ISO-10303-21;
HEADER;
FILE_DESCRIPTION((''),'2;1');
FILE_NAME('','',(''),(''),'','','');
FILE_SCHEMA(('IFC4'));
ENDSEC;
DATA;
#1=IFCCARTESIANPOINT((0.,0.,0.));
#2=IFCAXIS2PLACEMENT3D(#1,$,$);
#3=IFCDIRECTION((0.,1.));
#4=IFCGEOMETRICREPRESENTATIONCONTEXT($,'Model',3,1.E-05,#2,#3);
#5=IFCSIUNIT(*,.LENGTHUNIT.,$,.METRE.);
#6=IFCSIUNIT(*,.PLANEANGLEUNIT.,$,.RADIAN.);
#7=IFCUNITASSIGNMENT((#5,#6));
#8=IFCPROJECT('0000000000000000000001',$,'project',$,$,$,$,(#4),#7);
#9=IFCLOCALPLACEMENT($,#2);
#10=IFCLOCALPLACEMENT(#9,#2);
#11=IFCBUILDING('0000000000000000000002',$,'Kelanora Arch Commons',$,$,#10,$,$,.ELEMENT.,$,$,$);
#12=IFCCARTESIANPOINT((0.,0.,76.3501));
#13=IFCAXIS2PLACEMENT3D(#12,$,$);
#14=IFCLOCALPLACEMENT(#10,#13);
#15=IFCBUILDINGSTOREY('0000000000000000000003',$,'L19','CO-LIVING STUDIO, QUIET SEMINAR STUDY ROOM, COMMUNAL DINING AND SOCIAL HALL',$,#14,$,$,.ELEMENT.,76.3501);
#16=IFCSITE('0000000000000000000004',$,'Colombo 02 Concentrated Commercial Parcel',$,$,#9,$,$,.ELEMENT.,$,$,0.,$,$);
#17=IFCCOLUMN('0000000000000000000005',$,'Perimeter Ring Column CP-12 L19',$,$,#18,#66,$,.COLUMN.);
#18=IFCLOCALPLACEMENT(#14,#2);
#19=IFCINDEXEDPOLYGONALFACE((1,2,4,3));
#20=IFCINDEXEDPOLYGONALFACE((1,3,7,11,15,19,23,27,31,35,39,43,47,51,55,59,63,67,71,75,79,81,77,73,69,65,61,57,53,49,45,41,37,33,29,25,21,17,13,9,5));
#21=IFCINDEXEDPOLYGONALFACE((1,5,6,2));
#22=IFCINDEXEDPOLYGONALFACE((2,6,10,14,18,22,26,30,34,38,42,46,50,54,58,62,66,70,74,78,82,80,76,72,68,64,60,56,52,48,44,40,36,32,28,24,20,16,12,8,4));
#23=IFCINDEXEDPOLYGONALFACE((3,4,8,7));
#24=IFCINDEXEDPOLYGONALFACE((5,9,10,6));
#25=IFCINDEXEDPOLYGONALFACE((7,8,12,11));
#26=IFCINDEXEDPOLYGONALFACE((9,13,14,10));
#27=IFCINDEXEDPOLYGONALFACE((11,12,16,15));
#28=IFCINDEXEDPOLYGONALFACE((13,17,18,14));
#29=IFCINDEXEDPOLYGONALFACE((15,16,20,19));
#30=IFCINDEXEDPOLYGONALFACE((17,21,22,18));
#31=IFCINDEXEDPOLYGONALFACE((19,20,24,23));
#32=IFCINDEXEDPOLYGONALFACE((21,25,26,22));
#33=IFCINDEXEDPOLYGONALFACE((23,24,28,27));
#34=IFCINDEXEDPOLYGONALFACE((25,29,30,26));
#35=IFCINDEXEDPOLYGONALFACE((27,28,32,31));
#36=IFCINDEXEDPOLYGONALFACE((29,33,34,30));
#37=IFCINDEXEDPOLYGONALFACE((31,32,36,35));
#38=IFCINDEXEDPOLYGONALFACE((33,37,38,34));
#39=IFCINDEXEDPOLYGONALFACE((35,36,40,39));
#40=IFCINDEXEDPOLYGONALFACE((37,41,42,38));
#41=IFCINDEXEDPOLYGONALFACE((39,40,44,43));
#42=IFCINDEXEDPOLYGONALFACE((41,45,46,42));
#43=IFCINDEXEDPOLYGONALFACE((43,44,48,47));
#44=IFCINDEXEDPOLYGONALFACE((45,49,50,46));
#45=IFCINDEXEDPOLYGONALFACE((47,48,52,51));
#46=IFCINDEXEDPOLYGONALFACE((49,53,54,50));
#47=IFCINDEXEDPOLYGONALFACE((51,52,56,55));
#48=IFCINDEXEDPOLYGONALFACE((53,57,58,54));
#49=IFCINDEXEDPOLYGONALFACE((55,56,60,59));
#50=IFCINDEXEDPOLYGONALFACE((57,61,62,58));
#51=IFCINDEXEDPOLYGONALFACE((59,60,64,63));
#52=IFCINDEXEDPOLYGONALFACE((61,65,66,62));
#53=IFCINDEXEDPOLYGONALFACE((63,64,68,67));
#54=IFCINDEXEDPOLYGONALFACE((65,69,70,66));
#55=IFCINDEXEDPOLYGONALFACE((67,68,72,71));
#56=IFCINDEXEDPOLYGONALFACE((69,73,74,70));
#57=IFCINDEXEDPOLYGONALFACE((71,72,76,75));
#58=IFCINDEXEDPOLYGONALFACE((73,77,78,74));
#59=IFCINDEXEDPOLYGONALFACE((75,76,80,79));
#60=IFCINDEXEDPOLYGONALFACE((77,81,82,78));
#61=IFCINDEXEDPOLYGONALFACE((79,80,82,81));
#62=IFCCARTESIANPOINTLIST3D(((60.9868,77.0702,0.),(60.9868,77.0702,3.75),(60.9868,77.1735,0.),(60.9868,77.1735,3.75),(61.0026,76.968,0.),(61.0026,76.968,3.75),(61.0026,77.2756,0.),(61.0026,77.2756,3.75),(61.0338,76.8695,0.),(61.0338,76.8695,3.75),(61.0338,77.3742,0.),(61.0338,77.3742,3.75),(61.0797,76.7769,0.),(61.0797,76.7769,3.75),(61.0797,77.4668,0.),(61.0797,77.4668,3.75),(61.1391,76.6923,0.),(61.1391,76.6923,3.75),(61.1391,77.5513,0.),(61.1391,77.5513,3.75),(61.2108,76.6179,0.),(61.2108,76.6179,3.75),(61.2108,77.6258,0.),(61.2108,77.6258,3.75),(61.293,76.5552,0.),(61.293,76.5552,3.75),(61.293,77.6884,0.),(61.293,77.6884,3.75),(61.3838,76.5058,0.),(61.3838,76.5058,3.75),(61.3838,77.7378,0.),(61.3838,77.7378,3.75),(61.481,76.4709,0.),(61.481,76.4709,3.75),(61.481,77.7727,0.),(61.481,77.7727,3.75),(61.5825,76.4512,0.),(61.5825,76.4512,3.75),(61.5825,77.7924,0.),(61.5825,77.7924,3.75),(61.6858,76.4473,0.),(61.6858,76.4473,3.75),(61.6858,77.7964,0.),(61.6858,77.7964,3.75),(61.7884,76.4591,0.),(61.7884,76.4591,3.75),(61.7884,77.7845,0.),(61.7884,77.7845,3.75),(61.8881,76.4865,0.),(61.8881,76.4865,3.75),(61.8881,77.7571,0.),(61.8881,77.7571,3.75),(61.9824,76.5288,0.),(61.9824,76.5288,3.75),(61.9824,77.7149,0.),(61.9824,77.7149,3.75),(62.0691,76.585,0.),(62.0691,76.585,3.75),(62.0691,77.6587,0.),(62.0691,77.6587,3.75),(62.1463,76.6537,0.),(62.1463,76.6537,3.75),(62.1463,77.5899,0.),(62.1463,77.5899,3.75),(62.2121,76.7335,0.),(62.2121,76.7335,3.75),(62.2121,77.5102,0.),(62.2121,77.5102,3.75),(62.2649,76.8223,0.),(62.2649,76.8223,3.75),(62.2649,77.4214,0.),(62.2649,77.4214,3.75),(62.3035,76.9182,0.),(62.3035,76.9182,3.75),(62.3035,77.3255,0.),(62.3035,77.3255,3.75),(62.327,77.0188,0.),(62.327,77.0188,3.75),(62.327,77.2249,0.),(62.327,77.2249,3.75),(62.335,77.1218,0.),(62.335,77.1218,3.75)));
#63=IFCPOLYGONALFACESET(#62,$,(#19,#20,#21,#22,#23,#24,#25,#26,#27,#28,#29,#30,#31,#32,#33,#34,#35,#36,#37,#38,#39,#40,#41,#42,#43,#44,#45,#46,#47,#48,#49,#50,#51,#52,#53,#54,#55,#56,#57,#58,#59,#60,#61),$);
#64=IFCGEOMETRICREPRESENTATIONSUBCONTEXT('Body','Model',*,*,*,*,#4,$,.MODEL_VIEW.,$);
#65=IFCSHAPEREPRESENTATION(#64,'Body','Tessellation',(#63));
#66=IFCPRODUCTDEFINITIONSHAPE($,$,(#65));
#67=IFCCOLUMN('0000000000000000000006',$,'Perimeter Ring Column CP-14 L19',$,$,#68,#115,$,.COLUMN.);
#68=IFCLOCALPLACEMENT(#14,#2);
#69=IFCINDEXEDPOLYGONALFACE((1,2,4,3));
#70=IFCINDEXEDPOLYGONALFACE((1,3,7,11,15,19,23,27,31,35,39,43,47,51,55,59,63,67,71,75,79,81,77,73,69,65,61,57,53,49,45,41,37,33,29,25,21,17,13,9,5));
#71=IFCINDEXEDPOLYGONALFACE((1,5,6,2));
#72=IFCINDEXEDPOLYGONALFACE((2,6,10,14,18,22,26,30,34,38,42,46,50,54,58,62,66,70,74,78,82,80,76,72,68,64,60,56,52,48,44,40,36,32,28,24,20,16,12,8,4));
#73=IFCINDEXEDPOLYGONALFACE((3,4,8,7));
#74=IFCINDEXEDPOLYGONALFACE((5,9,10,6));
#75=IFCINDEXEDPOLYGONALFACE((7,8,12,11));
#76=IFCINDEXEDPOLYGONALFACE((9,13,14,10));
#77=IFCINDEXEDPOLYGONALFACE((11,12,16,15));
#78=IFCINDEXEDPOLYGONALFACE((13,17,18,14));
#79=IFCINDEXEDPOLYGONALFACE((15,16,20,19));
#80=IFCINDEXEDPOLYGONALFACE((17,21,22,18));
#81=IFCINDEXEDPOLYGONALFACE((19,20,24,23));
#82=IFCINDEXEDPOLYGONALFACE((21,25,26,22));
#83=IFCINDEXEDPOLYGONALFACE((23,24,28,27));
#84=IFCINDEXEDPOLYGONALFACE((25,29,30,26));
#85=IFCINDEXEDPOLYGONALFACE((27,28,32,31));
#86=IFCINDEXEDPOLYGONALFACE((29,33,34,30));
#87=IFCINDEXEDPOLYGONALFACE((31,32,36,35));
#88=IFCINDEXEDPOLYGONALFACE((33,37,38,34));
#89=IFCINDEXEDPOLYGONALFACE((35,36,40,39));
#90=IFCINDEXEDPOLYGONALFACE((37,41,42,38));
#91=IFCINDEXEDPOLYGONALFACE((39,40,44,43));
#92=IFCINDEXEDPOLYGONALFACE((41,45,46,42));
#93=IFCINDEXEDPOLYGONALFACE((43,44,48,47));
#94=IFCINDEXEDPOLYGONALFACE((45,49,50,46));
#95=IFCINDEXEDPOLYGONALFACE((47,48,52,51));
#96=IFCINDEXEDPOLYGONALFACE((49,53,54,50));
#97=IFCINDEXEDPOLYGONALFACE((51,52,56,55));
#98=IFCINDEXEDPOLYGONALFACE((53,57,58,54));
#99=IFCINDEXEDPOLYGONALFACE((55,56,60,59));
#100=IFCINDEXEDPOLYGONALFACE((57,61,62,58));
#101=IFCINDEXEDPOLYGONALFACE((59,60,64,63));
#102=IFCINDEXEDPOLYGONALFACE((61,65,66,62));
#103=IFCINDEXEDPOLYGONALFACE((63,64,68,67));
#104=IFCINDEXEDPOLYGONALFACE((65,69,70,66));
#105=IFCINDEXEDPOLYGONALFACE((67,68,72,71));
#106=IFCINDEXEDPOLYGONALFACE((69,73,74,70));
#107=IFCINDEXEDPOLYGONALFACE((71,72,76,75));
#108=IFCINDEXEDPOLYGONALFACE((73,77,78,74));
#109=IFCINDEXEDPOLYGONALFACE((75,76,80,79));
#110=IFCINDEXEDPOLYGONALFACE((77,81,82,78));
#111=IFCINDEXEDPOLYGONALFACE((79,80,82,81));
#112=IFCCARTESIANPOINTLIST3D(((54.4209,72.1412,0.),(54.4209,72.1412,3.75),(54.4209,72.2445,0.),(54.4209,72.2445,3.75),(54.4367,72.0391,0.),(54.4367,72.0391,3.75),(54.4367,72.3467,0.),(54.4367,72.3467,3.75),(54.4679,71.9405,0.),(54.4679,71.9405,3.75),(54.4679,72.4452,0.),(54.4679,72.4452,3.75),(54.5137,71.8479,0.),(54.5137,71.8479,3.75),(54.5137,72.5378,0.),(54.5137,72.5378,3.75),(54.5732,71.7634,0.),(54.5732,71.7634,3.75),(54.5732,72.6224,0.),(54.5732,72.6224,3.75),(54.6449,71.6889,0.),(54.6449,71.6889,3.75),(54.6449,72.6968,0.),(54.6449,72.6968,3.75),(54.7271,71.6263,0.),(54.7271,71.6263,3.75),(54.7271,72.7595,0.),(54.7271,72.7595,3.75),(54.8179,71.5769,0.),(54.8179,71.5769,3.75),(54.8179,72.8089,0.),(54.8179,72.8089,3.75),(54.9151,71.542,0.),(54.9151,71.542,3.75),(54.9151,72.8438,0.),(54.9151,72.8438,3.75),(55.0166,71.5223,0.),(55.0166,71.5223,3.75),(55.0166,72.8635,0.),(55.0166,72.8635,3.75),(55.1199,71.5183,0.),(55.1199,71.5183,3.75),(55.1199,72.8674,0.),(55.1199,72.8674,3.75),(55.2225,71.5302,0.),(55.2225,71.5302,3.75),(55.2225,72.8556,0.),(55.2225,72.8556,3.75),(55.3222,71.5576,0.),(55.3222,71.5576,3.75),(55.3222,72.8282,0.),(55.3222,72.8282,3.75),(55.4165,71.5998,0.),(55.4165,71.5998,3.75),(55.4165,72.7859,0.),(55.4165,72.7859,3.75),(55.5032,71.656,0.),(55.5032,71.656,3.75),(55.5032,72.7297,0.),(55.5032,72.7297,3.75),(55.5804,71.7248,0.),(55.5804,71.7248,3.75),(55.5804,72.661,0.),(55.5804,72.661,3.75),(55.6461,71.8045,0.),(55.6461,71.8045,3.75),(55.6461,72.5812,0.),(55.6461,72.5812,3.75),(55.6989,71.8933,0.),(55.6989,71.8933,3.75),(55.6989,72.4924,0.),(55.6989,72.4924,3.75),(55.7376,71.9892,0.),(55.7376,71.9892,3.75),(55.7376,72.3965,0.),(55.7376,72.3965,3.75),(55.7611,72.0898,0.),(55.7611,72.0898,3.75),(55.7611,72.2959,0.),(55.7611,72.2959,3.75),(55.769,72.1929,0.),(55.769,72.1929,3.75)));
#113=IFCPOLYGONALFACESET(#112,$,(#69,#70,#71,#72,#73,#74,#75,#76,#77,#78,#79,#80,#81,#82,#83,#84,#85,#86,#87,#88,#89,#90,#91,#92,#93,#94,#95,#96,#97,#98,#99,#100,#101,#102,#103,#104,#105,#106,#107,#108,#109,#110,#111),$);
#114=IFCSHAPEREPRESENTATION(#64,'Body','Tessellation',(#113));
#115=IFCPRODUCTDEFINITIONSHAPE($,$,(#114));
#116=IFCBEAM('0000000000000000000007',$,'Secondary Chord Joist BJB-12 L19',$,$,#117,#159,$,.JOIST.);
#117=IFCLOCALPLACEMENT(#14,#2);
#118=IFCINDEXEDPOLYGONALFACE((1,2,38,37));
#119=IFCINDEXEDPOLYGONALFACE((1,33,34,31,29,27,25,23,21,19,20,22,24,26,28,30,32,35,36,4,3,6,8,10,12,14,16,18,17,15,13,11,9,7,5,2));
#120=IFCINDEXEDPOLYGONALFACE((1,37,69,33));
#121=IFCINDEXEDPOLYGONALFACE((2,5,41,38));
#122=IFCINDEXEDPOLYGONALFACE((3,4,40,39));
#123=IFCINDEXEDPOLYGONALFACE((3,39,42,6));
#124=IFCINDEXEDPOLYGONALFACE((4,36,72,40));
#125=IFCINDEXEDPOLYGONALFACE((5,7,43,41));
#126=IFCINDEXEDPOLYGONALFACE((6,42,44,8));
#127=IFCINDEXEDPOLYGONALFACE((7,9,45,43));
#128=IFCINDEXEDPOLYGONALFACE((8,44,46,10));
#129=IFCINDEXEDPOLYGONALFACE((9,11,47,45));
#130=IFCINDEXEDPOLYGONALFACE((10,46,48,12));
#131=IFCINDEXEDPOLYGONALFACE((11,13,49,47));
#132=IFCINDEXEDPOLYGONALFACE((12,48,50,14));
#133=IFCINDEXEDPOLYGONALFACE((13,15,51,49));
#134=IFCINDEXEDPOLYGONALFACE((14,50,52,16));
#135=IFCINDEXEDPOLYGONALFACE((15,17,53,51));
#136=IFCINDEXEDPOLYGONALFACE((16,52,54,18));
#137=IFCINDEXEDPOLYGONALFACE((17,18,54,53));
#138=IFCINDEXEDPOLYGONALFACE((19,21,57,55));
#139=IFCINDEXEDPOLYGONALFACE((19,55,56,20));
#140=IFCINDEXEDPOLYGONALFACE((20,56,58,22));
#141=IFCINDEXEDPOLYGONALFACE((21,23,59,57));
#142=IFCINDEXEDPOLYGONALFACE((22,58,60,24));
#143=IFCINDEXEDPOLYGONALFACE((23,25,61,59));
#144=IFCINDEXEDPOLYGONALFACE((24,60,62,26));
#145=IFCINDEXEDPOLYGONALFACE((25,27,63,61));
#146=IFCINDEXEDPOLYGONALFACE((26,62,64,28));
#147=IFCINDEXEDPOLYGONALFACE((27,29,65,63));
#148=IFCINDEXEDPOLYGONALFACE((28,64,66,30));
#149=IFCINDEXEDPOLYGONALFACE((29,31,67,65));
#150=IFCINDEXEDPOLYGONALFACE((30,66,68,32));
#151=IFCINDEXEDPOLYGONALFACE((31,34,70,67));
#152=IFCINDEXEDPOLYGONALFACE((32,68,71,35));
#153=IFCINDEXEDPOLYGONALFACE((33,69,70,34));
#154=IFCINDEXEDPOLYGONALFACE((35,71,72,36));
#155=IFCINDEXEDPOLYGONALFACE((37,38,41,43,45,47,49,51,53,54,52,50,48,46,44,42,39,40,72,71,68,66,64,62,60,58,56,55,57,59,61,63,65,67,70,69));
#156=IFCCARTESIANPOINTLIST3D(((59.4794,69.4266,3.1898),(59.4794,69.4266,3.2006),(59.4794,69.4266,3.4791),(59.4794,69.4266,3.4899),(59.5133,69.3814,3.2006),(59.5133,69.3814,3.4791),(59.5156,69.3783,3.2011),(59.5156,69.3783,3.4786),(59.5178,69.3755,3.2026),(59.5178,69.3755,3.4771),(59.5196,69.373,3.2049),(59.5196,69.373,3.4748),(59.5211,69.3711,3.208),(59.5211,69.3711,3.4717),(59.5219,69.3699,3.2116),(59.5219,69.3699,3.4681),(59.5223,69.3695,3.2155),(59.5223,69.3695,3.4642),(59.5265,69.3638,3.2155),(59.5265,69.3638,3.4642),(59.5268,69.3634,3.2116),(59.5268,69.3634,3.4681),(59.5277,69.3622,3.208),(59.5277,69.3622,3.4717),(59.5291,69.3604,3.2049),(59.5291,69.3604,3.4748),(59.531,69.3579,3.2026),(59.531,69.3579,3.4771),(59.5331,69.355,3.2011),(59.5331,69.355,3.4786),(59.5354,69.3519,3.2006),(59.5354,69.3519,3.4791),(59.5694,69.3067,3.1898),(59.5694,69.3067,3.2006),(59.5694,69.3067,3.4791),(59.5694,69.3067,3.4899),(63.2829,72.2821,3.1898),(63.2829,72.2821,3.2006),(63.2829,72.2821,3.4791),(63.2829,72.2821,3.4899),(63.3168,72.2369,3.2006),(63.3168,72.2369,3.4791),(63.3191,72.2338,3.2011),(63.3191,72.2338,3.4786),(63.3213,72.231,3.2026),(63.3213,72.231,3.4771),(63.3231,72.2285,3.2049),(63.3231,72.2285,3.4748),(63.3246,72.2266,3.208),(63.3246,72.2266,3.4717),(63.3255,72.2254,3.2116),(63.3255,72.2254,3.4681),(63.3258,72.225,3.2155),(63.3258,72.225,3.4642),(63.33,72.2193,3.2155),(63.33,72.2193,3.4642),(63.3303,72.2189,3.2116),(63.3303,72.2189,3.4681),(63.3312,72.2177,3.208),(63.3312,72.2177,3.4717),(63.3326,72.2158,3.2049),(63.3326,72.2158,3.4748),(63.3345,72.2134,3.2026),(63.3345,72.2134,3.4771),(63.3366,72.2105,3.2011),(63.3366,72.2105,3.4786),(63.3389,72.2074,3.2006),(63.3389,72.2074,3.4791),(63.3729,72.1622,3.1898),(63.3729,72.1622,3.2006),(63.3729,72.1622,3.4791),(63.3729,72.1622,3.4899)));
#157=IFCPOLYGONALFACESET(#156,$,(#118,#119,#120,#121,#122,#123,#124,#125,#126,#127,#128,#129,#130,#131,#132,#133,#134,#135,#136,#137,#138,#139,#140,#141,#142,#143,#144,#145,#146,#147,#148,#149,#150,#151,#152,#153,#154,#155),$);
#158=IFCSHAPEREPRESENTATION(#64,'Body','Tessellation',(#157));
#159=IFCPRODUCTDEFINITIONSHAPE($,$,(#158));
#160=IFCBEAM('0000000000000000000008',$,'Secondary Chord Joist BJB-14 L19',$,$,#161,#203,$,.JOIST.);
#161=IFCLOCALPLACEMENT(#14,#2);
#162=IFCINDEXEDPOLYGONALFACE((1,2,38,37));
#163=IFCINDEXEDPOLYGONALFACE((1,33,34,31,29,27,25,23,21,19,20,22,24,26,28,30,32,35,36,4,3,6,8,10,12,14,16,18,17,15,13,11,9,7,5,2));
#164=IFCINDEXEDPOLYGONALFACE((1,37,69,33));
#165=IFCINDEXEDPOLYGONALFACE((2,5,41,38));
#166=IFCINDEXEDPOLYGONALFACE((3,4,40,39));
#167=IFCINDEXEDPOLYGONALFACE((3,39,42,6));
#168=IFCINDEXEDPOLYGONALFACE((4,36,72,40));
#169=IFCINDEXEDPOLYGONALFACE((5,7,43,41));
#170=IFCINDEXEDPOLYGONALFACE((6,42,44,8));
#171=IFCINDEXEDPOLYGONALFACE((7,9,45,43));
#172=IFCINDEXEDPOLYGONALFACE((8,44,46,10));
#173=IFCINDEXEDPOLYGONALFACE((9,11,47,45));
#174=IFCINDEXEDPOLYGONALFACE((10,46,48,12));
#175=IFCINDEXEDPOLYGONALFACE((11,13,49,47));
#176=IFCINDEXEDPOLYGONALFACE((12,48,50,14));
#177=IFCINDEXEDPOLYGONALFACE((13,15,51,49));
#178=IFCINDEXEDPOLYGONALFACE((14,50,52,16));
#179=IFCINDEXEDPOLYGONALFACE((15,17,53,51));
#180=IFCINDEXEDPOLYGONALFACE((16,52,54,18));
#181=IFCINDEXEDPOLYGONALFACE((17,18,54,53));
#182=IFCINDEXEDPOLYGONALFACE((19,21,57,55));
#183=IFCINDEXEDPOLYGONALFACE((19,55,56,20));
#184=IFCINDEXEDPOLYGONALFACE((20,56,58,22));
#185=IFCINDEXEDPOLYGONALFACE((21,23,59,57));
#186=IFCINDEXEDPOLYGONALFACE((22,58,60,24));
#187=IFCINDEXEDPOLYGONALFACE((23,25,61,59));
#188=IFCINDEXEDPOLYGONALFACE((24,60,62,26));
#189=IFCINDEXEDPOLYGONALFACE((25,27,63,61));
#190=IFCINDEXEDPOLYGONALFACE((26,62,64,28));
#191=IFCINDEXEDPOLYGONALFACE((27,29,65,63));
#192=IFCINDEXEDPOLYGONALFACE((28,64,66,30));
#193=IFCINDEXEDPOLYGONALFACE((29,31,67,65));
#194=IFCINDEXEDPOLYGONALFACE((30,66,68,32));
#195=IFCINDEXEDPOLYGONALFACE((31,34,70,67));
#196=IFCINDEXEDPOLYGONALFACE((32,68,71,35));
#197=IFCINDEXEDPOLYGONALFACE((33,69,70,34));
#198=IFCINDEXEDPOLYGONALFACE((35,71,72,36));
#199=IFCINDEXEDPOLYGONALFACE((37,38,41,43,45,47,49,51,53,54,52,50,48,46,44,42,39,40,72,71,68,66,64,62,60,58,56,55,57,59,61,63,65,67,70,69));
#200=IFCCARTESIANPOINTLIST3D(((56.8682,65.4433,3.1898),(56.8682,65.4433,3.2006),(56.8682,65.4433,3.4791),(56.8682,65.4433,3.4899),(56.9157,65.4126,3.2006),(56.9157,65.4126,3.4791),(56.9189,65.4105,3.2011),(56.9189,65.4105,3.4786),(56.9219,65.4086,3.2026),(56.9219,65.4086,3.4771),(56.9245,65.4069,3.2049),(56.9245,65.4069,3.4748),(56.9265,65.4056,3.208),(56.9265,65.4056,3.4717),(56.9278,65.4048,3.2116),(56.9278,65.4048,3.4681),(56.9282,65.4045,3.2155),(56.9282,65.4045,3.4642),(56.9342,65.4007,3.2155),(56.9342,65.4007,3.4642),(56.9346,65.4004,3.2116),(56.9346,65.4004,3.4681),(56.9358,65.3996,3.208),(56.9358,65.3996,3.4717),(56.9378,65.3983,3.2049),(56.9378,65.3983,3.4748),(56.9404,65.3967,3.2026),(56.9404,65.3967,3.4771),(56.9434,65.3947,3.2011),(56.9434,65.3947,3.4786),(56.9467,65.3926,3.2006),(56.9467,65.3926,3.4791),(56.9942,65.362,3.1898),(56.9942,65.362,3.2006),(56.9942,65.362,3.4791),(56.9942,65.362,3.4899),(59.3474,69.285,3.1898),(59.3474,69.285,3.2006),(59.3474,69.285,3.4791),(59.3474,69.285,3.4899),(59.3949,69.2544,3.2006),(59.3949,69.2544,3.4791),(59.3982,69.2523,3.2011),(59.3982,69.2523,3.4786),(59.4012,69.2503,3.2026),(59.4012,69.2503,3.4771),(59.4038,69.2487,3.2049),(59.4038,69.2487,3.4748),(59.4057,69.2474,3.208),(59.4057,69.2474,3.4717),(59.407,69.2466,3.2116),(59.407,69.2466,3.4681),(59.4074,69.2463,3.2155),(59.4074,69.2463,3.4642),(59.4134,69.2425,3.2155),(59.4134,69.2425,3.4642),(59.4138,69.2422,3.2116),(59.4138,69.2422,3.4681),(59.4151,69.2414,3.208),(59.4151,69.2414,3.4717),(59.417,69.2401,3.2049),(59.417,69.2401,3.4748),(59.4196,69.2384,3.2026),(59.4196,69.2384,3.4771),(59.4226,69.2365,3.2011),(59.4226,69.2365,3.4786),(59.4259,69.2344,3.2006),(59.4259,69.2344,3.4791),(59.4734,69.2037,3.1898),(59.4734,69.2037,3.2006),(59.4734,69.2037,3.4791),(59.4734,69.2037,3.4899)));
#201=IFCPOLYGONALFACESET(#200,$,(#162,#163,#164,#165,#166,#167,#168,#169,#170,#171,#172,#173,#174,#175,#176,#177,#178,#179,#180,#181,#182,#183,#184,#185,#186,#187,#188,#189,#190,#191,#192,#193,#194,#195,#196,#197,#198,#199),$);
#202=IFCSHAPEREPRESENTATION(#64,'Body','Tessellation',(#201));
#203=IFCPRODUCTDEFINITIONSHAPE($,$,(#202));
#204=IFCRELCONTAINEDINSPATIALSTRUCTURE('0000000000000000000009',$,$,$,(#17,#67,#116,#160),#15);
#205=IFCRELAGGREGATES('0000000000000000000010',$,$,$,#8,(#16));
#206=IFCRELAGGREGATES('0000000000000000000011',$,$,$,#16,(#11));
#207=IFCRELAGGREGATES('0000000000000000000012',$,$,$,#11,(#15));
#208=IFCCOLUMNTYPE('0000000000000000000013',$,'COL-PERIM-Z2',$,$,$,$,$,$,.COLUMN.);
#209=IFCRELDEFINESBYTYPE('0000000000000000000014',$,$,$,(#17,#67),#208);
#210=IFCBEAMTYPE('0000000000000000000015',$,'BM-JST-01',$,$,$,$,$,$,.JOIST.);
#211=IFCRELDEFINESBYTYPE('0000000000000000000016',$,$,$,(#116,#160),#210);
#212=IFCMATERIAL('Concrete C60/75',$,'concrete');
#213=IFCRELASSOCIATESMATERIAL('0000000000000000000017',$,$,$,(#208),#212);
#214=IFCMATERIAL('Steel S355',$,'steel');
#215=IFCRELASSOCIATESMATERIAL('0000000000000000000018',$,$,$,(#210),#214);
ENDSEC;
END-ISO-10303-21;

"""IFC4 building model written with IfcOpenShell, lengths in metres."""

from ifc_helpers import new_model, si_unit, direction, frame, origin, origin_2d, place, context, subcontext, project, spatial, circle, i_section, extrude, material, material_profile, profile_set, type_object, element, save


model = new_model("IFC4")

# Units and contexts
model_context = context("Model", 3, precision=1e-05, world=origin(), true_north=direction((0.0, 1.0)))
body_context = subcontext(model_context, "Body", "Model", "MODEL_VIEW")
ifc_project = project(units=[si_unit("LENGTHUNIT", "METRE"), si_unit("PLANEANGLEUNIT", "RADIAN")], contexts=[model_context])

# Site, building, storey
site_placement = place(None, origin())
site = spatial("IfcSite", under=ifc_project, at=site_placement, Name="Colombo 02 Concentrated Commercial Parcel", CompositionType="ELEMENT", RefElevation=0.0)
building_placement = place(site_placement, origin())
building = spatial("IfcBuilding", under=site, at=building_placement, Name="Kelanora Arch Commons", CompositionType="ELEMENT")
storey_placement = place(building_placement, frame((0.0, 0.0, 76.3501)))
storey = spatial("IfcBuildingStorey", under=building, at=storey_placement, Name="L19", Description="CO-LIVING STUDIO, QUIET SEMINAR STUDY ROOM, COMMUNAL DINING AND SOCIAL HALL", CompositionType="ELEMENT", Elevation=76.3501)

# Columns
ifc_material_1 = material(Name="Concrete C60/75", Category="concrete")
ifc_material_profile_1 = material_profile(ifc_material_1, circle(Radius=0.675, at=origin_2d()), Name="RCC1350")
ifc_profile_set_1 = profile_set([ifc_material_profile_1], Name="Concrete C60/75")
column_type = type_object("IfcColumnType", Name="COL-PERIM-Z2", PredefinedType="COLUMN", material=ifc_profile_set_1)
for number, where, z_axis, x_axis, name in (
    (1, (61.6599, 77.1218, 0.0), (0.0, 0.0, 1.0), (1.0, 0.0, 0.0), "Perimeter Ring Column CP-12 L19"),
    (2, (55.094, 72.1929, 0.0), (0.0, 0.0, 1.0), (1.0, 0.0, 0.0), "Perimeter Ring Column CP-14 L19"),
):
    element("IfcColumn", number, at=place(storey_placement, frame(where, z_axis=z_axis, x_axis=x_axis)), inside=storey, type_object=column_type, Name=name, PredefinedType="COLUMN", context=body_context, shape_type="SweptSolid", body=[
        extrude(circle(Radius=0.675, at=origin_2d()), origin(), (0.0, 0.0, 1.0), 3.75),
    ])

# Beams
ifc_material_2 = material(Name="Steel S355", Category="steel")
ifc_material_profile_2 = material_profile(ifc_material_2, i_section(OverallWidth=0.1499, OverallDepth=0.3, WebThickness=0.0071, FlangeThickness=0.0107, FilletRadius=0.0149, at=origin_2d()), Name="IPE300")
ifc_profile_set_2 = profile_set([ifc_material_profile_2], Name="Steel S355")
beam_type_1 = type_object("IfcBeamType", Name="BM-JST-01", PredefinedType="JOIST", material=ifc_profile_set_2)
beam_1_placement = place(storey_placement, frame((63.3279, 72.2222, 3.3398), z_axis=(-0.79971, -0.600386, 0.0), x_axis=(0.600386, -0.79971, 0.0)))
element("IfcBeam", 3, at=beam_1_placement, inside=storey, type_object=beam_type_1, Name="Secondary Chord Joist BJB-12 L19", PredefinedType="JOIST", context=body_context, shape_type="SweptSolid", body=[
    extrude(i_section(OverallWidth=0.1499, OverallDepth=0.3, WebThickness=0.0071, FlangeThickness=0.0107, FilletRadius=0.0149, at=origin_2d()), origin(), (0.0, 0.0, 1.0), 4.7561),
])
beam_2_placement = place(storey_placement, frame((59.4104, 69.2444, 3.3398), z_axis=(-0.54223, -0.84023, 0.0), x_axis=(0.84023, -0.54223, 0.0)))
element("IfcBeam", 4, at=beam_2_placement, inside=storey, type_object=beam_type_1, Name="Secondary Chord Joist BJB-14 L19", PredefinedType="JOIST", context=body_context, shape_type="SweptSolid", body=[
    extrude(i_section(OverallWidth=0.1499, OverallDepth=0.3, WebThickness=0.0071, FlangeThickness=0.0107, FilletRadius=0.0149, at=origin_2d()), origin(), (0.0, 0.0, 1.0), 4.5723),
])

save(model, "model.ifc")
